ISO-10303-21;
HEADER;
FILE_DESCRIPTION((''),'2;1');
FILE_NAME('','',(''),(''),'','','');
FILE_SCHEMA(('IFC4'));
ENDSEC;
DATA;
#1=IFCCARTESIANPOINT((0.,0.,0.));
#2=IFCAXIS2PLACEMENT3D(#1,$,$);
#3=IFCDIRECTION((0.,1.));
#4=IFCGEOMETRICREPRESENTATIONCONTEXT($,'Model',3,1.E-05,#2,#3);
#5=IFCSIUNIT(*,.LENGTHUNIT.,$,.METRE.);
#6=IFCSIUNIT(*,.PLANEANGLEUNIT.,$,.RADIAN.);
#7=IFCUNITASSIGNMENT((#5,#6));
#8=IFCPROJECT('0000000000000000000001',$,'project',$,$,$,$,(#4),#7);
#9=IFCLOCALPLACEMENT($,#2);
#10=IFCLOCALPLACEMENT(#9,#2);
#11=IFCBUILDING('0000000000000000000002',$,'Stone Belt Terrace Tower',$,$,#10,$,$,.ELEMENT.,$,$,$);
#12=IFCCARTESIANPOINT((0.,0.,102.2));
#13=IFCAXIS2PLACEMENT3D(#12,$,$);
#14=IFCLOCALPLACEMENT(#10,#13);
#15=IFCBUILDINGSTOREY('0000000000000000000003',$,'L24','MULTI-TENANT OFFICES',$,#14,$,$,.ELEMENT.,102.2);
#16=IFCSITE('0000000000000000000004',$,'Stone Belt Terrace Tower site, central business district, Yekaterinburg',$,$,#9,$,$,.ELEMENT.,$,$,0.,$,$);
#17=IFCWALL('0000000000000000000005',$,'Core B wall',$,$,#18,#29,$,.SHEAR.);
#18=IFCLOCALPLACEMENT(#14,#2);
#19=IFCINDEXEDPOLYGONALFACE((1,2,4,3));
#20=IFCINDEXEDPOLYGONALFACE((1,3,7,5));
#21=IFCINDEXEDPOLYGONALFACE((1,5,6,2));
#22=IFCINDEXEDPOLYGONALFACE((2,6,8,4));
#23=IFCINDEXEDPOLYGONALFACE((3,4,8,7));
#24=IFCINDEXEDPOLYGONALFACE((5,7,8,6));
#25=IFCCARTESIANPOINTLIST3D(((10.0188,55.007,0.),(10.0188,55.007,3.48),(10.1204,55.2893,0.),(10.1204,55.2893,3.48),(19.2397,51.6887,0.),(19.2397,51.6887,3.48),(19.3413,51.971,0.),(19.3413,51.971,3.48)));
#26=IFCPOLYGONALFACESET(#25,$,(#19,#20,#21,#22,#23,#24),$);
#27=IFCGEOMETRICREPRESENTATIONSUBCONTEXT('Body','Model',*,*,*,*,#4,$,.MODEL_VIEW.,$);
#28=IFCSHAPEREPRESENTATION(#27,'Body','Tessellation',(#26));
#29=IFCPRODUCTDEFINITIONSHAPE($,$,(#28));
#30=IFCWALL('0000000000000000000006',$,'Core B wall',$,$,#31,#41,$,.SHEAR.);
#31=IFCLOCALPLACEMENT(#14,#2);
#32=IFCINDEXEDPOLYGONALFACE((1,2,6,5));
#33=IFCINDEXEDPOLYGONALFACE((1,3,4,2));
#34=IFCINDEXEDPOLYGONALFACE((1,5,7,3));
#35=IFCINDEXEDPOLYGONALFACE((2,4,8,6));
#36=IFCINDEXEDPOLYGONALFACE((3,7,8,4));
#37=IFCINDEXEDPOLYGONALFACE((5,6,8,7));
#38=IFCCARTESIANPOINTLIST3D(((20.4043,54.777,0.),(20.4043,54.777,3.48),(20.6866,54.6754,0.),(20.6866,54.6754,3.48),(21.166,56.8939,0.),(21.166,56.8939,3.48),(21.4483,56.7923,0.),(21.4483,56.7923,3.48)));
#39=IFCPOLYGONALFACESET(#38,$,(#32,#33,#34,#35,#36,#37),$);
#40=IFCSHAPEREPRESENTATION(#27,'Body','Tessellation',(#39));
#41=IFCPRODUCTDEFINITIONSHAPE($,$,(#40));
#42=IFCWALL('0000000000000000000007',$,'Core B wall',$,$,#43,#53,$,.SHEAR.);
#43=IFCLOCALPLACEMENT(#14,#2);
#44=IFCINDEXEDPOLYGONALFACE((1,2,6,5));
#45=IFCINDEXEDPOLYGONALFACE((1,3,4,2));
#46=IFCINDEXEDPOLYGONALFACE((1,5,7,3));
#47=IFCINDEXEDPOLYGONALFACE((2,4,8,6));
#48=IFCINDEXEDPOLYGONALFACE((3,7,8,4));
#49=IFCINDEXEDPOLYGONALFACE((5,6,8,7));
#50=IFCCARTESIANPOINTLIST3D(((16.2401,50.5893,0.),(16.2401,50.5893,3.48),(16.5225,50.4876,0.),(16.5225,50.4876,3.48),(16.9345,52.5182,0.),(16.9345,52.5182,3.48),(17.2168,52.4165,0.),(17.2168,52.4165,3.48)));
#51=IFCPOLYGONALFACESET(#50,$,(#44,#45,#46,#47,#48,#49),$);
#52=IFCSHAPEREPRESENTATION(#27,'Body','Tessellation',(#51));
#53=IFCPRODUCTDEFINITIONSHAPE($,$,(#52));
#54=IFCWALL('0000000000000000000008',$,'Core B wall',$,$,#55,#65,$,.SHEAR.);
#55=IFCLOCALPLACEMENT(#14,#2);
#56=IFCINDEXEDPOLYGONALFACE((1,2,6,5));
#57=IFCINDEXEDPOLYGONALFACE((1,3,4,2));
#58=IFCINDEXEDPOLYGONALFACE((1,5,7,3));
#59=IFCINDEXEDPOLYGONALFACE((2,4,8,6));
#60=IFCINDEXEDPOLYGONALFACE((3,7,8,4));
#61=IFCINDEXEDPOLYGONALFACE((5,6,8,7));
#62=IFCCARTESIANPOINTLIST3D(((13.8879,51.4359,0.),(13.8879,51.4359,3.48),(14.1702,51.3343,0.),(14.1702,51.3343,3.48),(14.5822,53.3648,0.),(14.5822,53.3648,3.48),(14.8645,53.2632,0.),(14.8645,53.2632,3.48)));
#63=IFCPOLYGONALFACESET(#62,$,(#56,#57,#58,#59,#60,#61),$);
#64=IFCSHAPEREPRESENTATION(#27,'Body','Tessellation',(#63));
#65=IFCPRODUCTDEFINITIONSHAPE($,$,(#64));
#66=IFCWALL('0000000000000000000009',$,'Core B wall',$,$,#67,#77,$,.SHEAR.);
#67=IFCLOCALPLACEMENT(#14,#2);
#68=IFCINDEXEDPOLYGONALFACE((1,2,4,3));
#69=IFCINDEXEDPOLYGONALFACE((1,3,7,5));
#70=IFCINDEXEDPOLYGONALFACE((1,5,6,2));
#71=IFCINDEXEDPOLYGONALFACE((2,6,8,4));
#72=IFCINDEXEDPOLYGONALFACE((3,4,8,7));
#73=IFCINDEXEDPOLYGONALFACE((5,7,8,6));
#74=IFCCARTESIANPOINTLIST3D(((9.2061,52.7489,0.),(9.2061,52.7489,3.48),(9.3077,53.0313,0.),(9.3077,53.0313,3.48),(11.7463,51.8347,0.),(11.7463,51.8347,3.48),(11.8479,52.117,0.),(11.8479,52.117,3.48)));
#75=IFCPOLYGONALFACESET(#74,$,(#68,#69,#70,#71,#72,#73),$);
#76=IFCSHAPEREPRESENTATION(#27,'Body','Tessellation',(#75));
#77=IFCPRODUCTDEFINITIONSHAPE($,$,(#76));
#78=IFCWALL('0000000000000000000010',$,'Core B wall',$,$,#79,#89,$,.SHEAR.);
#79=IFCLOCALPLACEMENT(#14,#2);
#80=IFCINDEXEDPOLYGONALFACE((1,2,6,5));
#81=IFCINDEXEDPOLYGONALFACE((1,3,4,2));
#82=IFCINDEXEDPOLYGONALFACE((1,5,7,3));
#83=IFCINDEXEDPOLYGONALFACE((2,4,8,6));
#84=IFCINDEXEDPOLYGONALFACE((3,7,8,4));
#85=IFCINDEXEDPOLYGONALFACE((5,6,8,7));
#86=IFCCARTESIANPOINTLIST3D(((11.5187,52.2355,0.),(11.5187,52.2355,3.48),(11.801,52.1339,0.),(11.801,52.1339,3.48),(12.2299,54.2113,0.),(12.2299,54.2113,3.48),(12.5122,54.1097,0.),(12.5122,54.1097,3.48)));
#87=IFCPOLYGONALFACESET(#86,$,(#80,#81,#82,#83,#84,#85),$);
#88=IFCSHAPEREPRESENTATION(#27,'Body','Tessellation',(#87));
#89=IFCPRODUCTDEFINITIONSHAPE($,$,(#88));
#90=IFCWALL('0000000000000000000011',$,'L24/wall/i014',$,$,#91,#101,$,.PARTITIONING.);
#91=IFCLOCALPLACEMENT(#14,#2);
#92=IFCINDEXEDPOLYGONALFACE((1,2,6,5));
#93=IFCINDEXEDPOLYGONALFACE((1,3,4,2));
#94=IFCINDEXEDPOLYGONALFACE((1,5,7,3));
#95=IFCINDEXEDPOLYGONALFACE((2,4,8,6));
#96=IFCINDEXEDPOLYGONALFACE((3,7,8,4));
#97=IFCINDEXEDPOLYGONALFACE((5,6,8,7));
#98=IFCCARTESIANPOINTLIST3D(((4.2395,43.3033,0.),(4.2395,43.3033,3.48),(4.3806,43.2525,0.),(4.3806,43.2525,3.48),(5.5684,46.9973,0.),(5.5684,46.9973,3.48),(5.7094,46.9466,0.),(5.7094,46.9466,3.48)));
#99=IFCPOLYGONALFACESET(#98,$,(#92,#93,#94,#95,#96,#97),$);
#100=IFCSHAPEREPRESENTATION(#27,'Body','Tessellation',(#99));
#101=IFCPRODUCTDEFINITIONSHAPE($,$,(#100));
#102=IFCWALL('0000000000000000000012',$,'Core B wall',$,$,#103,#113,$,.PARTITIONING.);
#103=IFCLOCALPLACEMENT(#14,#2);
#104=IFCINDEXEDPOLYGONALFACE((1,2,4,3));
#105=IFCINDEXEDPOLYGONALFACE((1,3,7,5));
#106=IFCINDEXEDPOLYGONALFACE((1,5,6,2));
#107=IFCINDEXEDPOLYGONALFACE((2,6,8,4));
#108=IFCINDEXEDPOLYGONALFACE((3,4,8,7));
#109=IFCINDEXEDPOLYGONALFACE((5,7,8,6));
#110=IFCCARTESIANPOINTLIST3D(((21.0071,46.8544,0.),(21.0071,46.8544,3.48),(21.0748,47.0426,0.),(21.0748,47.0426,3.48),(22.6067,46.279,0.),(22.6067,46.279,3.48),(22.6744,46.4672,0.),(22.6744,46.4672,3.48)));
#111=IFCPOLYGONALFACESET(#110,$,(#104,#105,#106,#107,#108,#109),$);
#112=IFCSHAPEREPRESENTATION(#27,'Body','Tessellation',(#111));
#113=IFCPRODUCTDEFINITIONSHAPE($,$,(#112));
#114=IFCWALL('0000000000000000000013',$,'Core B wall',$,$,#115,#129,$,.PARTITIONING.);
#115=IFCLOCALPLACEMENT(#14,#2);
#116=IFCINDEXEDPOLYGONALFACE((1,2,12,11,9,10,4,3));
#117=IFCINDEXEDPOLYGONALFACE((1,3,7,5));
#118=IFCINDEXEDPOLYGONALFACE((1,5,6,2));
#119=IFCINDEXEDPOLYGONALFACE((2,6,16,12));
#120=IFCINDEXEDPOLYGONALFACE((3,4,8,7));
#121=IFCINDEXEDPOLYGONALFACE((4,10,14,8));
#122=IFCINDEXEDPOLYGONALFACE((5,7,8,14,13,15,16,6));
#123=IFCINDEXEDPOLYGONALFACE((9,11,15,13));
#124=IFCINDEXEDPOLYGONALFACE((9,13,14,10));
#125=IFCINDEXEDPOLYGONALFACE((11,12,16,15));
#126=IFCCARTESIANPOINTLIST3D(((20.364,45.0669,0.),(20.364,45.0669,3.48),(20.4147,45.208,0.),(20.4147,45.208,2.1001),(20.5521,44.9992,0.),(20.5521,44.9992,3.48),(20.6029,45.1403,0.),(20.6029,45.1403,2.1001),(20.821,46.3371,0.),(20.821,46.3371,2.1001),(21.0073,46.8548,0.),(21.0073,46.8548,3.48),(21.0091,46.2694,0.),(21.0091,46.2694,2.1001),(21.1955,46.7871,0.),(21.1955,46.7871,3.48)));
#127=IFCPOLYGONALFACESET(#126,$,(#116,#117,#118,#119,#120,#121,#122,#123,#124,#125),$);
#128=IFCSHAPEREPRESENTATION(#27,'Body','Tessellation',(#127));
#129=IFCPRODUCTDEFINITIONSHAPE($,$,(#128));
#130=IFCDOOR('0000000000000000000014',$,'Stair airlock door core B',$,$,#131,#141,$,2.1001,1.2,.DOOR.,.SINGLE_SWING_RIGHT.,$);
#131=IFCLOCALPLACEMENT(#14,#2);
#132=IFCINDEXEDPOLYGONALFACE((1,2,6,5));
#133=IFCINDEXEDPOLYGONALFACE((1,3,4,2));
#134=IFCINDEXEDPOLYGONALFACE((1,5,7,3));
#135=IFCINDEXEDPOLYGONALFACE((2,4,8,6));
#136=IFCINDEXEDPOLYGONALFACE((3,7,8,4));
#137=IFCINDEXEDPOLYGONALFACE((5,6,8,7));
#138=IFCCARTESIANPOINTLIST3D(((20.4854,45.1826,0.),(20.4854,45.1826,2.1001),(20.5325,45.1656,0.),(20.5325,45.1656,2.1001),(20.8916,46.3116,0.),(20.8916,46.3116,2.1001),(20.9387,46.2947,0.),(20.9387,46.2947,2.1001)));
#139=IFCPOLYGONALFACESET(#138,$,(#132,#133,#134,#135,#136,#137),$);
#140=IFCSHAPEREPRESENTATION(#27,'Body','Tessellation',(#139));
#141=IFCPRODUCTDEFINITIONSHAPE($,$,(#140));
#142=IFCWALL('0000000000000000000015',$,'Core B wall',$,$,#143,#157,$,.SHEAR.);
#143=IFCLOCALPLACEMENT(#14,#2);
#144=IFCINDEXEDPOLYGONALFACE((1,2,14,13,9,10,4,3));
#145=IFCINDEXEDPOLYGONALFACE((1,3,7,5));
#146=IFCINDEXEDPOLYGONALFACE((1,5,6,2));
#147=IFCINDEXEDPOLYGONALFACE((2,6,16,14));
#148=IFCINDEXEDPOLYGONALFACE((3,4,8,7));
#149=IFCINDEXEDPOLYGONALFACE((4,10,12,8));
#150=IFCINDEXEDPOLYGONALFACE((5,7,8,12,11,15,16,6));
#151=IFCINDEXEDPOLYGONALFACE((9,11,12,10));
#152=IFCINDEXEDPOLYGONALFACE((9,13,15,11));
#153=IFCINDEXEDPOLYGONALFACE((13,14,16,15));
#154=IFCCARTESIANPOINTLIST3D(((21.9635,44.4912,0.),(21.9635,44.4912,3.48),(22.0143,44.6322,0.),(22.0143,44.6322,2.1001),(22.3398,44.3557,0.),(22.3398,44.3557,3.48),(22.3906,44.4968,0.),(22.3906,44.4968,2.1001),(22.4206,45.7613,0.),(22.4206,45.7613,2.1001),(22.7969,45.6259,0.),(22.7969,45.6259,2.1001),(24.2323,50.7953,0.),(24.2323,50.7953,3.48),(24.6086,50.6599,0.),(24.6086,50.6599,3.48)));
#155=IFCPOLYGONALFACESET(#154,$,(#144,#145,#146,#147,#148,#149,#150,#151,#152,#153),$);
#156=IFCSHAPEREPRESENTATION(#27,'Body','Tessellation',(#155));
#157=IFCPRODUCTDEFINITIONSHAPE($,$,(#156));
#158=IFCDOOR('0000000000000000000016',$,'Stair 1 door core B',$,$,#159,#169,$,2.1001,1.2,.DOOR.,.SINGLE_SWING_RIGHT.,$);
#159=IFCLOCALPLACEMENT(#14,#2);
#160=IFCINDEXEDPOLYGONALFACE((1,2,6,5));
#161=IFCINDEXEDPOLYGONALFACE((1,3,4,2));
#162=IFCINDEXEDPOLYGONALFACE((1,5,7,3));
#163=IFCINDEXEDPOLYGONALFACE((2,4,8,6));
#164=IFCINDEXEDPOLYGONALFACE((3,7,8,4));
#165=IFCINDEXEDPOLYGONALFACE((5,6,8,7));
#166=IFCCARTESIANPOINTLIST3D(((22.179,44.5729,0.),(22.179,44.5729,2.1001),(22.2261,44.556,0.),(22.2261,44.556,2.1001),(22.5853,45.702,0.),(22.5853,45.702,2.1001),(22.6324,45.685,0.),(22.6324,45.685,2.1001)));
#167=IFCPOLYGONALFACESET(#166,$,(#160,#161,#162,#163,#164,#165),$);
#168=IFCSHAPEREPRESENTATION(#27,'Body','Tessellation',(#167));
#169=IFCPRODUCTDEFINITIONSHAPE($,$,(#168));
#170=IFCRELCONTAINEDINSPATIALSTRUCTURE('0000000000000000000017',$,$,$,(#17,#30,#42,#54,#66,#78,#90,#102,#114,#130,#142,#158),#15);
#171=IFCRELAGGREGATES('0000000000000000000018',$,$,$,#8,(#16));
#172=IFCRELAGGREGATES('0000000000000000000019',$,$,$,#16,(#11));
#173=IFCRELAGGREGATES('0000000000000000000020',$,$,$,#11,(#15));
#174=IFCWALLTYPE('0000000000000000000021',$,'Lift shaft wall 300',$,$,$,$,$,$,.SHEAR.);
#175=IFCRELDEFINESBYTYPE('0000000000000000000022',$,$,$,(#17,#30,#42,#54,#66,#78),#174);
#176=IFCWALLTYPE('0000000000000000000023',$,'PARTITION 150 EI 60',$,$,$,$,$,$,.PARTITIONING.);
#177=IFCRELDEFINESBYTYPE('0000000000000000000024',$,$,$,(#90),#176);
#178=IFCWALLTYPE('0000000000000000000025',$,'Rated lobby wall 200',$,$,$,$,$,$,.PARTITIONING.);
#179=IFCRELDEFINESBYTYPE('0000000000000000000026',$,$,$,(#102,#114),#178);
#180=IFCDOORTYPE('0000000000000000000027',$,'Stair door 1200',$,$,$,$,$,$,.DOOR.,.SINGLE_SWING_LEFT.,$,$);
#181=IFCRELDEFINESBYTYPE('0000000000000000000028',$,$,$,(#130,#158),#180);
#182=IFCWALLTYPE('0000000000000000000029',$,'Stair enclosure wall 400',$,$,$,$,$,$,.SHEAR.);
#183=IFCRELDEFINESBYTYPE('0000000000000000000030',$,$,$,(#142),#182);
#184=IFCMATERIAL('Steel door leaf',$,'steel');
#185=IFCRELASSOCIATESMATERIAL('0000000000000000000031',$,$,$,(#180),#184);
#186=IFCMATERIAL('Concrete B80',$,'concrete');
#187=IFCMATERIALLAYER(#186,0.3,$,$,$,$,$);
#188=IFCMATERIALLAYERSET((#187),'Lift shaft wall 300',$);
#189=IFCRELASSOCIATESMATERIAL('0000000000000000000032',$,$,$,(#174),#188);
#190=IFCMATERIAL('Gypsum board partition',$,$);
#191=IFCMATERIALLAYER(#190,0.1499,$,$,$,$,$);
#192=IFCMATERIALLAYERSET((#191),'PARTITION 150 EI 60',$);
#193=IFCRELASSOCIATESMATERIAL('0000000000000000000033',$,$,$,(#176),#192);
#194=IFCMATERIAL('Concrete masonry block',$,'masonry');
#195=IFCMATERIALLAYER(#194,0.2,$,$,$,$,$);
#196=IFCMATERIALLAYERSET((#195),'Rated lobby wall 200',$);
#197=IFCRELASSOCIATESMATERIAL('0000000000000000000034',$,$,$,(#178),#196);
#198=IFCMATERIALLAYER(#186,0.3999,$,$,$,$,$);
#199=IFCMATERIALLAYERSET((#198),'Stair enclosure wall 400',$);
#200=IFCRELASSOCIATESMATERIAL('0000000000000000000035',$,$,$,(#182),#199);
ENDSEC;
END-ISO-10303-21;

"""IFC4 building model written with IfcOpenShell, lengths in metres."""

from ifc_helpers import new_model, si_unit, direction, frame, frame_2d, origin, place, context, subcontext, project, spatial, rectangle, extrude, material, layer, layer_set, type_object, element, fill, save


model = new_model("IFC4")

# Units and contexts
model_context = context("Model", 3, precision=1e-05, world=origin(), true_north=direction((0.0, 1.0)))
body_context = subcontext(model_context, "Body", "Model", "MODEL_VIEW")
ifc_project = project(units=[si_unit("LENGTHUNIT", "METRE"), si_unit("PLANEANGLEUNIT", "RADIAN")], contexts=[model_context])

# Site, building, storey
site_placement = place(None, origin())
site = spatial("IfcSite", under=ifc_project, at=site_placement, Name="Stone Belt Terrace Tower site, central business district, Yekaterinburg", CompositionType="ELEMENT", RefElevation=0.0)
building_placement = place(site_placement, origin())
building = spatial("IfcBuilding", under=site, at=building_placement, Name="Stone Belt Terrace Tower", CompositionType="ELEMENT")
storey_placement = place(building_placement, frame((0.0, 0.0, 102.2)))
storey = spatial("IfcBuildingStorey", under=building, at=storey_placement, Name="L24", Description="MULTI-TENANT OFFICES", CompositionType="ELEMENT", Elevation=102.2)

# Shared definitions
ifc_material_1 = material(Name="Concrete B80", Category="concrete")

# Shared definitions
ifc_material_2 = material(Name="Steel door leaf", Category="steel")
door_type_1 = type_object("IfcDoorType", Name="Stair door 1200", OperationType="SINGLE_SWING_LEFT", PredefinedType="DOOR", material=ifc_material_2)

# Walls
ifc_layer_1 = layer(ifc_material_1, 0.3)
ifc_layer_set_1 = layer_set([ifc_layer_1], Name="Lift shaft wall 300")
wall_type_1 = type_object("IfcWallType", Name="Lift shaft wall 300", PredefinedType="SHEAR", material=ifc_layer_set_1)
wall_1_placement = place(storey_placement, frame((19.2905, 51.8298, 0.0), z_axis=(0.0, 0.0, 1.0), x_axis=(-0.940926, 0.338613, 0.0)))
element("IfcWall", 1, at=wall_1_placement, inside=storey, type_object=wall_type_1, Name="Core B wall", PredefinedType="SHEAR", context=body_context, shape_type="SweptSolid", body=[
    extrude(rectangle(XDim=9.7998, YDim=0.3, at=frame_2d((4.8999, 0.0))), origin(), (0.0, 0.0, 1.0), 3.48),
])
wall_2_placement = place(storey_placement, frame((20.5454, 54.7261, 0.0), z_axis=(0.0, 0.0, 1.0), x_axis=(0.33857, 0.940941, 0.0)))
element("IfcWall", 2, at=wall_2_placement, inside=storey, type_object=wall_type_1, Name="Core B wall", PredefinedType="SHEAR", context=body_context, shape_type="SweptSolid", body=[
    extrude(rectangle(XDim=2.2498, YDim=0.3, at=frame_2d((1.125, 0.0))), origin(), (0.0, 0.0, 1.0), 3.48),
])
for number, where, z_axis, x_axis, name in (
    (3, (16.3813, 50.5386, 0.0), (0.0, 0.0, 1.0), (0.338682, 0.940901, 0.0), "Core B wall"),
    (4, (14.0291, 51.3853, 0.0), (0.0, 0.0, 1.0), (0.338682, 0.940901, 0.0), "Core B wall"),
):
    element("IfcWall", number, at=place(storey_placement, frame(where, z_axis=z_axis, x_axis=x_axis)), inside=storey, type_object=wall_type_1, Name=name, PredefinedType="SHEAR", context=body_context, shape_type="SweptSolid", body=[
        extrude(rectangle(XDim=2.05, YDim=0.3, at=frame_2d((1.0249, 0.0))), origin(), (0.0, 0.0, 1.0), 3.48),
    ])
wall_3_placement = place(storey_placement, frame((11.7971, 51.9758, 0.0), z_axis=(0.0, 0.0, 1.0), x_axis=(-0.94091, 0.338655, 0.0)))
element("IfcWall", 5, at=wall_3_placement, inside=storey, type_object=wall_type_1, Name="Core B wall", PredefinedType="SHEAR", context=body_context, shape_type="SweptSolid", body=[
    extrude(rectangle(XDim=2.6997, YDim=0.3, at=frame_2d((1.3499, 0.0))), origin(), (0.0, 0.0, 1.0), 3.48),
])
wall_4_placement = place(storey_placement, frame((11.6599, 52.1848, 0.0), z_axis=(0.0, 0.0, 1.0), x_axis=(0.33867, 0.940905, 0.0)))
element("IfcWall", 6, at=wall_4_placement, inside=storey, type_object=wall_type_1, Name="Core B wall", PredefinedType="SHEAR", context=body_context, shape_type="SweptSolid", body=[
    extrude(rectangle(XDim=2.0999, YDim=0.3, at=frame_2d((1.0498, 0.0))), origin(), (0.0, 0.0, 1.0), 3.48),
])
ifc_material_3 = material(Name="Gypsum board partition")
ifc_layer_2 = layer(ifc_material_3, 0.1499)
ifc_layer_set_2 = layer_set([ifc_layer_2], Name="PARTITION 150 EI 60")
wall_type_2 = type_object("IfcWallType", Name="PARTITION 150 EI 60", PredefinedType="PARTITIONING", material=ifc_layer_set_2)
wall_5_placement = place(storey_placement, frame((5.6389, 46.9719, 0.0), z_axis=(0.0, 0.0, 1.0), x_axis=(-0.33849, -0.94097, 0.0)))
element("IfcWall", 7, at=wall_5_placement, inside=storey, type_object=wall_type_2, Name="L24/wall/i014", PredefinedType="PARTITIONING", context=body_context, shape_type="SweptSolid", body=[
    extrude(rectangle(XDim=3.9258, YDim=0.1499, at=frame_2d((1.9629, 0.0))), origin(), (0.0, 0.0, 1.0), 3.48),
])
ifc_material_4 = material(Name="Concrete masonry block", Category="masonry")
ifc_layer_3 = layer(ifc_material_4, 0.2)
ifc_layer_set_3 = layer_set([ifc_layer_3], Name="Rated lobby wall 200")
wall_type_3 = type_object("IfcWallType", Name="Rated lobby wall 200", PredefinedType="PARTITIONING", material=ifc_layer_set_3)
wall_6_placement = place(storey_placement, frame((22.6406, 46.373, 0.0), z_axis=(0.0, 0.0, 1.0), x_axis=(-0.940966, 0.338501, 0.0)))
element("IfcWall", 8, at=wall_6_placement, inside=storey, type_object=wall_type_3, Name="Core B wall", PredefinedType="PARTITIONING", context=body_context, shape_type="SweptSolid", body=[
    extrude(rectangle(XDim=1.7, YDim=0.2, at=frame_2d((0.8501, 0.0))), origin(), (0.0, 0.0, 1.0), 3.48),
])

# Walls, openings, doors
wall_7_placement = place(storey_placement, frame((20.458, 45.033, 0.0), z_axis=(0.0, 0.0, 1.0), x_axis=(0.338574, 0.94094, 0.0)))
wall_7 = element("IfcWall", 9, at=wall_7_placement, inside=storey, type_object=wall_type_3, Name="Core B wall", PredefinedType="PARTITIONING", context=body_context, shape_type="SweptSolid", body=[
    extrude(rectangle(XDim=1.9001, YDim=0.2, at=frame_2d((0.9502, 0.0))), origin(), (0.0, 0.0, 1.0), 3.48),
])
opening_1_placement = place(wall_7_placement, frame((0.1499, 0.0, 0.0)))
opening_1 = element("IfcOpeningElement", 10, at=opening_1_placement, cuts=wall_7, PredefinedType="OPENING", context=body_context, shape_type="SweptSolid", body=[
    extrude(rectangle(XDim=1.2, YDim=2.1001, at=frame_2d((0.6001, 1.05))), frame((0.0, 0.1099, 0.0), z_axis=(0.0, -1.0, 0.0), x_axis=(1.0, 0.0, 0.0)), (0.0, 0.0, 1.0), 0.22),
])
door_1_placement = place(opening_1_placement, origin())
door_1 = element("IfcDoor", 11, at=door_1_placement, inside=storey, type_object=door_type_1, Name="Stair airlock door core B", OperationType="SINGLE_SWING_RIGHT", OverallHeight=2.1001, OverallWidth=1.2, PredefinedType="DOOR", context=body_context, shape_type="SweptSolid", body=[
    extrude(rectangle(XDim=1.2, YDim=2.1001, at=frame_2d((0.6001, 1.05))), frame((0.0, 0.0249, 0.0), z_axis=(0.0, -1.0, 0.0), x_axis=(1.0, 0.0, 0.0)), (0.0, 0.0, 1.0), 0.05),
])
fill(opening_1, door_1)
ifc_layer_4 = layer(ifc_material_1, 0.3999)
ifc_layer_set_4 = layer_set([ifc_layer_4], Name="Stair enclosure wall 400")
wall_type_4 = type_object("IfcWallType", Name="Stair enclosure wall 400", PredefinedType="SHEAR", material=ifc_layer_set_4)
wall_8_placement = place(storey_placement, frame((22.1516, 44.4233, 0.0), z_axis=(0.0, 0.0, 1.0), x_axis=(0.338625, 0.940921, 0.0)))
wall_8 = element("IfcWall", 12, at=wall_8_placement, inside=storey, type_object=wall_type_4, Name="Core B wall", PredefinedType="SHEAR", context=body_context, shape_type="SweptSolid", body=[
    extrude(rectangle(XDim=6.7, YDim=0.3999, at=frame_2d((3.3501, 0.0))), origin(), (0.0, 0.0, 1.0), 3.48),
])
opening_2_placement = place(wall_8_placement, frame((0.1499, 0.0, 0.0)))
opening_2 = element("IfcOpeningElement", 13, at=opening_2_placement, cuts=wall_8, PredefinedType="OPENING", context=body_context, shape_type="SweptSolid", body=[
    extrude(rectangle(XDim=1.2, YDim=2.1001, at=frame_2d((0.6001, 1.05))), frame((0.0, 0.21, 0.0), z_axis=(0.0, -1.0, 0.0), x_axis=(1.0, 0.0, 0.0)), (0.0, 0.0, 1.0), 0.4199),
])
door_2_placement = place(opening_2_placement, origin())
door_2 = element("IfcDoor", 14, at=door_2_placement, inside=storey, type_object=door_type_1, Name="Stair 1 door core B", OperationType="SINGLE_SWING_RIGHT", OverallHeight=2.1001, OverallWidth=1.2, PredefinedType="DOOR", context=body_context, shape_type="SweptSolid", body=[
    extrude(rectangle(XDim=1.2, YDim=2.1001, at=frame_2d((0.6001, 1.05))), frame((0.0, 0.0249, 0.0), z_axis=(0.0, -1.0, 0.0), x_axis=(1.0, 0.0, 0.0)), (0.0, 0.0, 1.0), 0.05),
])
fill(opening_2, door_2)

save(model, "model.ifc")
